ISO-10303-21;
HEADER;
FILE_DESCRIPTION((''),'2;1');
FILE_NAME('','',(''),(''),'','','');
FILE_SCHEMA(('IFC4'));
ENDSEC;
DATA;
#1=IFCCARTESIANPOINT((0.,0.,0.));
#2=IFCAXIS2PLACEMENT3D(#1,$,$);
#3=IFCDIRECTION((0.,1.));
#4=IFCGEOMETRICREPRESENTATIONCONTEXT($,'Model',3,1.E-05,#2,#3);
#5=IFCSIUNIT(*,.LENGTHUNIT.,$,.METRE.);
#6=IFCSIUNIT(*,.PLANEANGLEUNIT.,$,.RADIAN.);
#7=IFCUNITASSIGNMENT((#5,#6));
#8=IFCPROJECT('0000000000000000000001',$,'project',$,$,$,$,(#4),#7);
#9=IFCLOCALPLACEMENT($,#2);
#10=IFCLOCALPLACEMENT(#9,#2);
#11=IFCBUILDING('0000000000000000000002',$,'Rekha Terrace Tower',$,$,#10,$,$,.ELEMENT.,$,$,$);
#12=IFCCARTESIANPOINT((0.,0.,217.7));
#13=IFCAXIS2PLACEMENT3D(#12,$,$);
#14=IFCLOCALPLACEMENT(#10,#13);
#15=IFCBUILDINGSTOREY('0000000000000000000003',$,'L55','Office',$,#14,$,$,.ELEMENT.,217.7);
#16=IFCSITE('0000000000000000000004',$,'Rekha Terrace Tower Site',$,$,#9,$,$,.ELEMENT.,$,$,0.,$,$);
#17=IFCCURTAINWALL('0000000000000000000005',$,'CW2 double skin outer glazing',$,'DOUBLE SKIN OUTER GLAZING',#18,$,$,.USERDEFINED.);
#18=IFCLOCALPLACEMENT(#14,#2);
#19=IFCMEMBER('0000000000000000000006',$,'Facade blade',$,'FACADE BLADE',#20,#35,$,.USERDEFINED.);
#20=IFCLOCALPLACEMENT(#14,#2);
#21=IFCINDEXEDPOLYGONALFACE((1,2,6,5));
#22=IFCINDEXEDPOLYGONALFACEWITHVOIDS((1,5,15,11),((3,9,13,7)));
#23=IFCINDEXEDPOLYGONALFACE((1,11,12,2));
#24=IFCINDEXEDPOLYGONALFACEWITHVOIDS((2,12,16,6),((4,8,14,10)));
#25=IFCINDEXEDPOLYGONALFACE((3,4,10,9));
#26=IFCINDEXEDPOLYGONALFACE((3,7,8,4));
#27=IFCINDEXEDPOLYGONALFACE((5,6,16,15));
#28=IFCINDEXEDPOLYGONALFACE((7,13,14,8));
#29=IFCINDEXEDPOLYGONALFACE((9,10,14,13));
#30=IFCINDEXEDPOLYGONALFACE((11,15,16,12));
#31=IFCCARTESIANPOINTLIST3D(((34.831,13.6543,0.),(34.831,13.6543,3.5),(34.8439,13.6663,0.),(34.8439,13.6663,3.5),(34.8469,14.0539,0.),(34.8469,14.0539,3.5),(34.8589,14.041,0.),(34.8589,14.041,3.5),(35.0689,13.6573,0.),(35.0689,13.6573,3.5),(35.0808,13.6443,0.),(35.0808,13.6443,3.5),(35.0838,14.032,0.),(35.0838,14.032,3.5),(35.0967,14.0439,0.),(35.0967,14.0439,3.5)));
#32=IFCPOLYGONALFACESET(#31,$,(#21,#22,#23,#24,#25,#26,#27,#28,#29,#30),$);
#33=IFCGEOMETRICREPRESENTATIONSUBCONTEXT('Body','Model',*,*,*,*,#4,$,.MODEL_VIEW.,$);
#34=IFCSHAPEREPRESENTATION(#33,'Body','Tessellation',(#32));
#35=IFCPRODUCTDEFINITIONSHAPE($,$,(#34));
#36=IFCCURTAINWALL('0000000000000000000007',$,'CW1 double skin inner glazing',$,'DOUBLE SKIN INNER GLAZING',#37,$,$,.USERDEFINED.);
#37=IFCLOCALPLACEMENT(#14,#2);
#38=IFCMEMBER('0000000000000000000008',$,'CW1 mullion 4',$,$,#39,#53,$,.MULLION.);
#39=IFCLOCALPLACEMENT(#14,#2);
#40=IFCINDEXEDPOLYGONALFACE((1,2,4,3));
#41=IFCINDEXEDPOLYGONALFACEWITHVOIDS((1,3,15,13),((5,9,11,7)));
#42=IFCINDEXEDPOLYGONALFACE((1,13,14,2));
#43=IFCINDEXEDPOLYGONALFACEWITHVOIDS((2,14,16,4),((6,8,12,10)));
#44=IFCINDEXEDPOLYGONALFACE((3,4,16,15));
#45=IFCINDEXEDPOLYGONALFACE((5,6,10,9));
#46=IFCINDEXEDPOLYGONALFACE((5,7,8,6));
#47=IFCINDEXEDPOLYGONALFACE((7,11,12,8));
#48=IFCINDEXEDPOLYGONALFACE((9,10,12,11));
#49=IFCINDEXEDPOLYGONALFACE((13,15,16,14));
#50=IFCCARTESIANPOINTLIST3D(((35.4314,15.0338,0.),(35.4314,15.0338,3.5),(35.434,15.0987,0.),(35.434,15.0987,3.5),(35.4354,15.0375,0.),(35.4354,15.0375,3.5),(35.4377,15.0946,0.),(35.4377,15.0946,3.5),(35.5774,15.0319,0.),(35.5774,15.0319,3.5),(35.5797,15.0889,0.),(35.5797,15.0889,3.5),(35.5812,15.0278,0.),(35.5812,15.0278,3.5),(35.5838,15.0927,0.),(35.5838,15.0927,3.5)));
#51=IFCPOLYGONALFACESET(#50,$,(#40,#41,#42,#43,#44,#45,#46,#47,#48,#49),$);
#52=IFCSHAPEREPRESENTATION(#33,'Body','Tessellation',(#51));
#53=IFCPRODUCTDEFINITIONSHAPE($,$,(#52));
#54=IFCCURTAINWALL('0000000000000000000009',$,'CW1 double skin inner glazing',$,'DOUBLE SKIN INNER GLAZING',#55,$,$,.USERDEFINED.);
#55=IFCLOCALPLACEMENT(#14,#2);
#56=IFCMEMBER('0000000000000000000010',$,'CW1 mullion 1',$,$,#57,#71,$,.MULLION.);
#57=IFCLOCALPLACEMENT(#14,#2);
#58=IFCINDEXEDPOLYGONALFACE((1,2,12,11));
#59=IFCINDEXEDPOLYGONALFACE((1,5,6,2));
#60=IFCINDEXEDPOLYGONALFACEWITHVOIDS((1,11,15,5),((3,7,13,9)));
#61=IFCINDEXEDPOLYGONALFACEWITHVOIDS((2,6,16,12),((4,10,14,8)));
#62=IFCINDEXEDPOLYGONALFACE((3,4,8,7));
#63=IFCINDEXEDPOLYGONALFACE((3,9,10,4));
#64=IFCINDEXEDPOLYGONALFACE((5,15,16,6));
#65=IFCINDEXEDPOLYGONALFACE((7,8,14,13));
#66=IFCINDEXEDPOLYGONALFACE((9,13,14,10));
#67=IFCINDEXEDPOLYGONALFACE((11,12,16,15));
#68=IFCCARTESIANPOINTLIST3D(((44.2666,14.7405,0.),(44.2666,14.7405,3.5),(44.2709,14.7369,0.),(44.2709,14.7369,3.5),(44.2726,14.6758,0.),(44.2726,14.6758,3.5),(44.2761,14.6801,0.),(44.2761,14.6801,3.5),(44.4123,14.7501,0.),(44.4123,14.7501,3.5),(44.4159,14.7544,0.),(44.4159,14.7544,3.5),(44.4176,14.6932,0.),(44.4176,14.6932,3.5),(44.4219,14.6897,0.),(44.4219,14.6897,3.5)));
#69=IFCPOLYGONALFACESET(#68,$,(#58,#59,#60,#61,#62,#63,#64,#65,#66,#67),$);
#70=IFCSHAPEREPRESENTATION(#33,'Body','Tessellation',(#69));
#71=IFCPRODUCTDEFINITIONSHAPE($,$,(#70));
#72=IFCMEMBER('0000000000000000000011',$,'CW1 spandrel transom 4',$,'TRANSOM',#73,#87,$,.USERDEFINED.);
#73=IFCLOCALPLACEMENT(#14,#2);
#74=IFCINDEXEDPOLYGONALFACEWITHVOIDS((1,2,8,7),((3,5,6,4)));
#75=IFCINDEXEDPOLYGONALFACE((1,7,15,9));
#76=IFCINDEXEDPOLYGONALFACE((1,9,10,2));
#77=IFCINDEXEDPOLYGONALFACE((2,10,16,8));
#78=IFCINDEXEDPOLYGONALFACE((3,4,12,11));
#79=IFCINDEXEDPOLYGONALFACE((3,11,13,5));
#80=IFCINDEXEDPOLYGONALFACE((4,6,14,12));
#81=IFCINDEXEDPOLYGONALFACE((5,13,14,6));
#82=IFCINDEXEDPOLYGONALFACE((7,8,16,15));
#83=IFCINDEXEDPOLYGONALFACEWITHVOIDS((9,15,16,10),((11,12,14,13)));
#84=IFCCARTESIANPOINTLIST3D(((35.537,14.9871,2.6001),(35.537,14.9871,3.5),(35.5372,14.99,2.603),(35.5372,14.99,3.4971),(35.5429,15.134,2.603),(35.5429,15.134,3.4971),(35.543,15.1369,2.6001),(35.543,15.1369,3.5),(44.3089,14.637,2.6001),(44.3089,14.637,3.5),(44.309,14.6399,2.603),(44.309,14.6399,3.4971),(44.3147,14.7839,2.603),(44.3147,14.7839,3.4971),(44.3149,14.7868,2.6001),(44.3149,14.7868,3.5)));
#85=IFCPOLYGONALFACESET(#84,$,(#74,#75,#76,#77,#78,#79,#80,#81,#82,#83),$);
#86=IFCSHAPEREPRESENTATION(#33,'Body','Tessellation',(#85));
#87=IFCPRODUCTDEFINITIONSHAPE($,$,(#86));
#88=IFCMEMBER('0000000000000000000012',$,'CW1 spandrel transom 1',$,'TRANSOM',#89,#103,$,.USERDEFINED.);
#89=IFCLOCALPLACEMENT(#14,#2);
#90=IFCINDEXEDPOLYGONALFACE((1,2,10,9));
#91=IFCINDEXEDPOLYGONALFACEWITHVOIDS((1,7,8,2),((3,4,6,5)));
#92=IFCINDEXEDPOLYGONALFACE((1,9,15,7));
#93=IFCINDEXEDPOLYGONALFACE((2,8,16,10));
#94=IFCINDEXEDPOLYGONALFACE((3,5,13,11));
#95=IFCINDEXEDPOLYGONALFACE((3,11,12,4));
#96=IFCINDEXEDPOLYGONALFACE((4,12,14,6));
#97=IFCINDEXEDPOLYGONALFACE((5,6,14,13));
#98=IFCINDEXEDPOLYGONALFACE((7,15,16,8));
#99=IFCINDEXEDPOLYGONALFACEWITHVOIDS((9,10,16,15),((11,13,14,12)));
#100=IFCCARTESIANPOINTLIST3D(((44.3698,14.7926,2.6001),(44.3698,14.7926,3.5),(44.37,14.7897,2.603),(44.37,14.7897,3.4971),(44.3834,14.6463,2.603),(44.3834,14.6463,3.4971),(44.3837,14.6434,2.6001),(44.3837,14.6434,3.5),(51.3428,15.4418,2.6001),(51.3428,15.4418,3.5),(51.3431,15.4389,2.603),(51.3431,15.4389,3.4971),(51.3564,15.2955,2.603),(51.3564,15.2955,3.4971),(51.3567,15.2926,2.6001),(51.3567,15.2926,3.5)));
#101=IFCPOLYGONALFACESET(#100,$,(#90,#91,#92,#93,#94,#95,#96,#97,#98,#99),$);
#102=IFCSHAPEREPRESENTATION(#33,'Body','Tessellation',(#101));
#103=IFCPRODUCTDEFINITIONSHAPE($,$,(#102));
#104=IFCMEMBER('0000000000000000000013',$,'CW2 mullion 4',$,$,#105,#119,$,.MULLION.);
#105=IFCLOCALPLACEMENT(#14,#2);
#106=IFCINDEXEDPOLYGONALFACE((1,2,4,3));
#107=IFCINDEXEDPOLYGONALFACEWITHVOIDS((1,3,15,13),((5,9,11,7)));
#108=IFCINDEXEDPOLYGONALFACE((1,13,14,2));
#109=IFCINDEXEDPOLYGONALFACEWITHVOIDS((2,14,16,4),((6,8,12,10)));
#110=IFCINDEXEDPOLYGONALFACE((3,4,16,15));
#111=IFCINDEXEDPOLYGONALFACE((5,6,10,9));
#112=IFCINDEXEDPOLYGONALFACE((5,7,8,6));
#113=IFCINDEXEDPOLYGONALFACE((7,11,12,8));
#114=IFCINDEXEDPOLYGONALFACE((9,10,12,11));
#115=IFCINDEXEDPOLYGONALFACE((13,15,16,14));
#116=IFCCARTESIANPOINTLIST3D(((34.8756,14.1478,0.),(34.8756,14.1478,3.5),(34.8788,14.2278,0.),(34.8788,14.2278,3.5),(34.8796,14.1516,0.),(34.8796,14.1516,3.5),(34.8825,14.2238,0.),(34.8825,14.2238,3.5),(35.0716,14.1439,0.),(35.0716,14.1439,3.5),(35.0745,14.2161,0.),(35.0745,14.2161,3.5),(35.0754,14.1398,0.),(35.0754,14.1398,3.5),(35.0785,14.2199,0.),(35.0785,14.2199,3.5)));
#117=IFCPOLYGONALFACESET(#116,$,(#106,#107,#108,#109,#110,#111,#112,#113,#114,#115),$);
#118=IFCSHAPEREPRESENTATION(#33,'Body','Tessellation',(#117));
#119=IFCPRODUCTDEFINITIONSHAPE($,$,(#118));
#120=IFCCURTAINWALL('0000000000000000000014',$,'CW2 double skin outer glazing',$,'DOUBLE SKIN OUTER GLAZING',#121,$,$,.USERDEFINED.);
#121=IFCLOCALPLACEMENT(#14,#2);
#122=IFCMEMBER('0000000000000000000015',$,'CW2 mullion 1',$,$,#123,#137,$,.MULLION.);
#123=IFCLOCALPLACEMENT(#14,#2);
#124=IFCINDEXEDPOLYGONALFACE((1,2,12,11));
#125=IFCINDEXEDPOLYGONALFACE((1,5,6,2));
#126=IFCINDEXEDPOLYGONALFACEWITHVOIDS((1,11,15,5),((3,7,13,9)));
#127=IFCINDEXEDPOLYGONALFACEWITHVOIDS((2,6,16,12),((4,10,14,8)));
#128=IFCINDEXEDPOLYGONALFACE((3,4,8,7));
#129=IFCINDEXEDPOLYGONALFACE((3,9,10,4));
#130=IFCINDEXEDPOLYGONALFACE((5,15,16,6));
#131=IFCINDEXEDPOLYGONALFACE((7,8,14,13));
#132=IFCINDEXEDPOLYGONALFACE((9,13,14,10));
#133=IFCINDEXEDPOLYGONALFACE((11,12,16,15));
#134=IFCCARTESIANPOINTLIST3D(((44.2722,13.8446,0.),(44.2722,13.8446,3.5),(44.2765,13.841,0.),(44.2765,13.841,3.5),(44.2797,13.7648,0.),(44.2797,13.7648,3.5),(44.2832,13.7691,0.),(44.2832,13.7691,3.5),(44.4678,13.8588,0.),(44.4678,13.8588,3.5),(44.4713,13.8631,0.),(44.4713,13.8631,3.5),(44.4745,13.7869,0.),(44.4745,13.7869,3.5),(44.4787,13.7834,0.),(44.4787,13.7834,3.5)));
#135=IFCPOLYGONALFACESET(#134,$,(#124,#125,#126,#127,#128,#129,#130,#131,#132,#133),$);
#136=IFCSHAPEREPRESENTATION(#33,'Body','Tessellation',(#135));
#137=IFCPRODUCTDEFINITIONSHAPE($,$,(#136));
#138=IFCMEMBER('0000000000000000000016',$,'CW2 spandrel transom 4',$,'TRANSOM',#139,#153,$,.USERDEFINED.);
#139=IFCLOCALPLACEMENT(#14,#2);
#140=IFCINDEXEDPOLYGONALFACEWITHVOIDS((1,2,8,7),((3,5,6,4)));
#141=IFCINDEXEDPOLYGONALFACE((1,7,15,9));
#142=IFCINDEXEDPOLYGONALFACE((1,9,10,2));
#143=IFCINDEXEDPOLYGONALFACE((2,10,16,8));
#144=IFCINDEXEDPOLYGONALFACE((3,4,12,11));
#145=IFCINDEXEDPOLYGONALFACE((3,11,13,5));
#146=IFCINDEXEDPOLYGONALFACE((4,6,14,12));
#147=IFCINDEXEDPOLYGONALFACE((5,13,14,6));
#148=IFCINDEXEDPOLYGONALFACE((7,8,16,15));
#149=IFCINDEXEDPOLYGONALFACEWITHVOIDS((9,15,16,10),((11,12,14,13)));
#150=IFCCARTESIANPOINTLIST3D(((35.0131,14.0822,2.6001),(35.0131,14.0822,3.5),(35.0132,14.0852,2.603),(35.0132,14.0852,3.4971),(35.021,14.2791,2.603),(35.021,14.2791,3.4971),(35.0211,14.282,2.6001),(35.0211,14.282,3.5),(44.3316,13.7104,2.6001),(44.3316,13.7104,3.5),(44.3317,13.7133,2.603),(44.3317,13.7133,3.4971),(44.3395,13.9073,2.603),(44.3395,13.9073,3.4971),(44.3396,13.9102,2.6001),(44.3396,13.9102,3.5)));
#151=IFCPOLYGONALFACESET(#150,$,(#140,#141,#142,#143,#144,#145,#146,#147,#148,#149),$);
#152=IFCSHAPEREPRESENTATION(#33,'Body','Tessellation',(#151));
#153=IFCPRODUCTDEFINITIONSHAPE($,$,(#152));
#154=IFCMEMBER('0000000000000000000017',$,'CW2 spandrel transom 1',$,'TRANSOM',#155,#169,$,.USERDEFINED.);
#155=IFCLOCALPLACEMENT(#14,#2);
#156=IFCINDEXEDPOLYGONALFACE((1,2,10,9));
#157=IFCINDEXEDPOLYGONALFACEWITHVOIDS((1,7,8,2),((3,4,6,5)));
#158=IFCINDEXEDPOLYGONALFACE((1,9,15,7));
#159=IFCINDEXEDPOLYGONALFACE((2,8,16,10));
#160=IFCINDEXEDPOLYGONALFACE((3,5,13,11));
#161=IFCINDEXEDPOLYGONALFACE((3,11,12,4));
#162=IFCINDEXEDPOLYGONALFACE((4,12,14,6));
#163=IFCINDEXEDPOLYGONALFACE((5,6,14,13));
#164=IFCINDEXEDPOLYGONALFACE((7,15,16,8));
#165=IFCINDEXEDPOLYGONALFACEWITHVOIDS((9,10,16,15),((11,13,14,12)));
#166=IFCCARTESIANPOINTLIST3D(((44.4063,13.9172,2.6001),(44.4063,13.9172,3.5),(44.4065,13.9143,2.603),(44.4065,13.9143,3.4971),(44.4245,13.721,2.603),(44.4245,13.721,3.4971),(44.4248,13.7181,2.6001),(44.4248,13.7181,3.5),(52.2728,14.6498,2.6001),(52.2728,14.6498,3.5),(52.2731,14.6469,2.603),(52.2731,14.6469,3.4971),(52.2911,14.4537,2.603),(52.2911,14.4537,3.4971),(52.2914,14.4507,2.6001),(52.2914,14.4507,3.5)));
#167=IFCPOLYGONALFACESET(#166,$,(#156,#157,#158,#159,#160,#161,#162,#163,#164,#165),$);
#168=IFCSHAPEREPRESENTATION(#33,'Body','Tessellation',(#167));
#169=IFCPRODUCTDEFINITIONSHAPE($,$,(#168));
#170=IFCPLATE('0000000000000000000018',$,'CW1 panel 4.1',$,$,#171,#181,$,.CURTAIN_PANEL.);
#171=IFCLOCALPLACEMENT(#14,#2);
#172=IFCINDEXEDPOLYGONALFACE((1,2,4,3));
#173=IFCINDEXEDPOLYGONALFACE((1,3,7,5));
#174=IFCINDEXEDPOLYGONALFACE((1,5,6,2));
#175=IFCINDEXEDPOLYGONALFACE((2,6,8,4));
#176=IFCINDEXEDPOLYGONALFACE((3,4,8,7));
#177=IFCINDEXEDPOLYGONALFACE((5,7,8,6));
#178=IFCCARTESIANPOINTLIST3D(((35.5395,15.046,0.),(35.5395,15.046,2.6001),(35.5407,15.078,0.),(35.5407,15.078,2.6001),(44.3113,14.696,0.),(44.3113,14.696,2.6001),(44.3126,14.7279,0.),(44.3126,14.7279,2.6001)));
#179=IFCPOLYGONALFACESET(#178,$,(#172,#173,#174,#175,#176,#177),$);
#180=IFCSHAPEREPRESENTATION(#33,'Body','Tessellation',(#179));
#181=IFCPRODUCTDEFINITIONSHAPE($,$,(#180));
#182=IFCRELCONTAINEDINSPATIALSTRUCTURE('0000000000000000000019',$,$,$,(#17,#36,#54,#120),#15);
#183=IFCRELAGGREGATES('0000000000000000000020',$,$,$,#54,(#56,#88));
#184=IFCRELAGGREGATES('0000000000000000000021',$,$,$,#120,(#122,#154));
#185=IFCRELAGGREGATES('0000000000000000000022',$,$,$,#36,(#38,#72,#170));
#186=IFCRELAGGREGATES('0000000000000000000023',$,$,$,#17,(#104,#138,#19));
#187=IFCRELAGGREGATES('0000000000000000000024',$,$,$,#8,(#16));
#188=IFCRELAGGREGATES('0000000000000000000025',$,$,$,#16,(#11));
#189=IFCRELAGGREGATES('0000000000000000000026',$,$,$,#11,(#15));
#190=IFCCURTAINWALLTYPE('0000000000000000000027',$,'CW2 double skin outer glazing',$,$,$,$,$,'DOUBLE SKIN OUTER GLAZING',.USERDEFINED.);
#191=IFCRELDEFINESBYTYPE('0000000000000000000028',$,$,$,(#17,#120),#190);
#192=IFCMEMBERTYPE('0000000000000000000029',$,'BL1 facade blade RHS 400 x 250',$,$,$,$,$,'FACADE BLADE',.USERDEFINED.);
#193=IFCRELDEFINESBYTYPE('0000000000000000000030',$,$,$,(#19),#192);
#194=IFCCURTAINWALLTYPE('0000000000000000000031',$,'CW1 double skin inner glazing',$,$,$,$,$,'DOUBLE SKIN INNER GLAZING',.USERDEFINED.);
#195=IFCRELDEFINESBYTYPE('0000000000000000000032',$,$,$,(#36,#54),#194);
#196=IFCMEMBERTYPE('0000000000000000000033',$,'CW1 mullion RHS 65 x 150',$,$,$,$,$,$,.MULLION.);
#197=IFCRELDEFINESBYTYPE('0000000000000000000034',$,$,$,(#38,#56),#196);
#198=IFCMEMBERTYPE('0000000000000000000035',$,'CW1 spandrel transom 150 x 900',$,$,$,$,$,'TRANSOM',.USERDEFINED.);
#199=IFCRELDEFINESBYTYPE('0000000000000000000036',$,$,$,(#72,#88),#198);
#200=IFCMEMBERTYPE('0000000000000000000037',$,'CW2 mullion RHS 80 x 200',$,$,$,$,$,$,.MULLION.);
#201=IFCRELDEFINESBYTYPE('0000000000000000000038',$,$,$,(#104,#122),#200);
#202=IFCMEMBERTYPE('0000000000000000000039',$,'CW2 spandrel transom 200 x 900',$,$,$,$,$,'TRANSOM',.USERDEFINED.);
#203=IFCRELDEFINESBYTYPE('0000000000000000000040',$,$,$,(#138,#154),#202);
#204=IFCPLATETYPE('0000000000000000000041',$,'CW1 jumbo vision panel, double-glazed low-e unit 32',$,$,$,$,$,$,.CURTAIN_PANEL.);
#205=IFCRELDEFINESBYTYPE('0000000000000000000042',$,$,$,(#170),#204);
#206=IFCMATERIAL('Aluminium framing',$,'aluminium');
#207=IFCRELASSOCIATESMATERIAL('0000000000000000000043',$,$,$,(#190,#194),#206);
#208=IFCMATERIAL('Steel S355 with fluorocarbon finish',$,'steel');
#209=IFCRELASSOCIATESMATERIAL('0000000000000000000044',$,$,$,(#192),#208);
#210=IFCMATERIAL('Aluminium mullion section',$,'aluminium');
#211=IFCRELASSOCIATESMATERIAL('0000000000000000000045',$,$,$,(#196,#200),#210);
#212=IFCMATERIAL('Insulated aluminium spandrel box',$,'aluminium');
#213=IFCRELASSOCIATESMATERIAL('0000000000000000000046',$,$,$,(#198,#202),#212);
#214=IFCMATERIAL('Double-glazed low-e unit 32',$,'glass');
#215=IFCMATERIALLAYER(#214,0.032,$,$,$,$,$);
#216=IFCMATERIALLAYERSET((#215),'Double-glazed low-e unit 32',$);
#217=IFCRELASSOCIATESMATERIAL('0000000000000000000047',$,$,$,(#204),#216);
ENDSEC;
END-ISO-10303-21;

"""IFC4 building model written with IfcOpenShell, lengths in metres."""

from ifc_helpers import new_model, si_unit, direction, frame, origin, origin_2d, place, context, subcontext, project, spatial, rectangle, hollow_rectangle, extrude, material, layer, layer_set, material_profile, profile_set, type_object, element, aggregate, save


model = new_model("IFC4")

# Units and contexts
model_context = context("Model", 3, precision=1e-05, world=origin(), true_north=direction((0.0, 1.0)))
body_context = subcontext(model_context, "Body", "Model", "MODEL_VIEW")
ifc_project = project(units=[si_unit("LENGTHUNIT", "METRE"), si_unit("PLANEANGLEUNIT", "RADIAN")], contexts=[model_context])

# Site, building, storey
site_placement = place(None, origin())
site = spatial("IfcSite", under=ifc_project, at=site_placement, Name="Rekha Terrace Tower Site", CompositionType="ELEMENT", RefElevation=0.0)
building_placement = place(site_placement, origin())
building = spatial("IfcBuilding", under=site, at=building_placement, Name="Rekha Terrace Tower", CompositionType="ELEMENT")
storey_placement = place(building_placement, frame((0.0, 0.0, 217.7)))
storey = spatial("IfcBuildingStorey", under=building, at=storey_placement, Name="L55", Description="Office", CompositionType="ELEMENT", Elevation=217.7)

# Curtain walls, members
ifc_material_1 = material(Name="Aluminium framing", Category="aluminium")
curtain_wall_type_1 = type_object("IfcCurtainWallType", Name="CW2 double skin outer glazing", ElementType="DOUBLE SKIN OUTER GLAZING", PredefinedType="USERDEFINED", material=ifc_material_1)
curtain_wall_1_placement = place(storey_placement, origin())
curtain_wall_1 = element("IfcCurtainWall", 1, at=curtain_wall_1_placement, inside=storey, type_object=curtain_wall_type_1, Name="CW2 double skin outer glazing", ObjectType="DOUBLE SKIN OUTER GLAZING", PredefinedType="USERDEFINED")
ifc_material_2 = material(Name="Steel S355 with fluorocarbon finish", Category="steel")
ifc_material_profile_1 = material_profile(ifc_material_2, hollow_rectangle(XDim=0.25, YDim=0.3999, WallThickness=0.0125, at=origin_2d()), Name="RHS400x250x12.5")
ifc_profile_set_1 = profile_set([ifc_material_profile_1], Name="Steel S355 with fluorocarbon finish")
member_type_1 = type_object("IfcMemberType", Name="BL1 facade blade RHS 400 x 250", ElementType="FACADE BLADE", PredefinedType="USERDEFINED", material=ifc_profile_set_1)
member_1_placement = place(storey_placement, frame((34.9639, 13.8491, 0.0), z_axis=(0.0, 0.0, 1.0), x_axis=(0.999205, -0.039872, 0.0)))
member_1 = element("IfcMember", 2, at=member_1_placement, type_object=member_type_1, Name="Facade blade", ObjectType="FACADE BLADE", PredefinedType="USERDEFINED", context=body_context, shape_type="SweptSolid", body=[
    extrude(hollow_rectangle(XDim=0.25, YDim=0.3999, WallThickness=0.0125, at=origin_2d()), origin(), (0.0, 0.0, 1.0), 3.5),
])
curtain_wall_type_2 = type_object("IfcCurtainWallType", Name="CW1 double skin inner glazing", ElementType="DOUBLE SKIN INNER GLAZING", PredefinedType="USERDEFINED", material=ifc_material_1)
curtain_wall_2_placement = place(storey_placement, origin())
curtain_wall_2 = element("IfcCurtainWall", 3, at=curtain_wall_2_placement, inside=storey, type_object=curtain_wall_type_2, Name="CW1 double skin inner glazing", ObjectType="DOUBLE SKIN INNER GLAZING", PredefinedType="USERDEFINED")
ifc_material_3 = material(Name="Aluminium mullion section", Category="aluminium")
ifc_material_profile_2 = material_profile(ifc_material_3, hollow_rectangle(XDim=0.0649, YDim=0.1499, WallThickness=0.0039, at=origin_2d()), Name="AL RHS 65x150")
ifc_profile_set_2 = profile_set([ifc_material_profile_2], Name="Aluminium mullion section")
member_type_2 = type_object("IfcMemberType", Name="CW1 mullion RHS 65 x 150", PredefinedType="MULLION", material=ifc_profile_set_2)
member_2_placement = place(storey_placement, frame((35.5076, 15.0632, 0.0), z_axis=(0.0, 0.0, 1.0), x_axis=(0.039872, 0.999205, 0.0)))
member_2 = element("IfcMember", 4, at=member_2_placement, type_object=member_type_2, Name="CW1 mullion 4", PredefinedType="MULLION", context=body_context, shape_type="SweptSolid", body=[
    extrude(hollow_rectangle(XDim=0.0649, YDim=0.1499, WallThickness=0.0039, at=origin_2d()), origin(), (0.0, 0.0, 1.0), 3.5),
])
curtain_wall_3_placement = place(storey_placement, origin())
curtain_wall_3 = element("IfcCurtainWall", 5, at=curtain_wall_3_placement, inside=storey, type_object=curtain_wall_type_2, Name="CW1 double skin inner glazing", ObjectType="DOUBLE SKIN INNER GLAZING", PredefinedType="USERDEFINED")
member_3_placement = place(storey_placement, frame((44.3442, 14.7151, 0.0), z_axis=(0.0, 0.0, 1.0), x_axis=(-0.092709, 0.995693, 0.0)))
member_3 = element("IfcMember", 6, at=member_3_placement, type_object=member_type_2, Name="CW1 mullion 1", PredefinedType="MULLION", context=body_context, shape_type="SweptSolid", body=[
    extrude(hollow_rectangle(XDim=0.0649, YDim=0.1499, WallThickness=0.0039, at=origin_2d()), origin(), (0.0, 0.0, 1.0), 3.5),
])

# Members
ifc_material_4 = material(Name="Insulated aluminium spandrel box", Category="aluminium")
ifc_material_profile_3 = material_profile(ifc_material_4, hollow_rectangle(XDim=0.1499, YDim=0.8999, WallThickness=0.0029, at=origin_2d()), Name="AL SPANDREL BOX 150x900")
ifc_profile_set_3 = profile_set([ifc_material_profile_3], Name="Insulated aluminium spandrel box")
member_type_3 = type_object("IfcMemberType", Name="CW1 spandrel transom 150 x 900", ElementType="TRANSOM", PredefinedType="USERDEFINED", material=ifc_profile_set_3)
member_4_placement = place(storey_placement, frame((35.54, 15.062, 3.05), z_axis=(0.999204, -0.03988, 0.0), x_axis=(0.03988, 0.999204, 0.0)))
member_4 = element("IfcMember", 7, at=member_4_placement, type_object=member_type_3, Name="CW1 spandrel transom 4", ObjectType="TRANSOM", PredefinedType="USERDEFINED", context=body_context, shape_type="SweptSolid", body=[
    extrude(hollow_rectangle(XDim=0.1499, YDim=0.8999, WallThickness=0.0029, at=origin_2d()), origin(), (0.0, 0.0, 1.0), 8.7788),
])
member_5_placement = place(storey_placement, frame((44.3767, 14.718, 3.05), z_axis=(0.995694, 0.092698, 0.0), x_axis=(-0.092698, 0.995694, 0.0)))
member_5 = element("IfcMember", 8, at=member_5_placement, type_object=member_type_3, Name="CW1 spandrel transom 1", ObjectType="TRANSOM", PredefinedType="USERDEFINED", context=body_context, shape_type="SweptSolid", body=[
    extrude(hollow_rectangle(XDim=0.1499, YDim=0.8999, WallThickness=0.0029, at=origin_2d()), origin(), (0.0, 0.0, 1.0), 7.0032),
])
aggregate(curtain_wall_3, [member_3, member_5])
ifc_material_profile_4 = material_profile(ifc_material_3, hollow_rectangle(XDim=0.0801, YDim=0.2, WallThickness=0.0039, at=origin_2d()), Name="AL RHS 80x200")
ifc_profile_set_4 = profile_set([ifc_material_profile_4], Name="Aluminium mullion section")
member_type_4 = type_object("IfcMemberType", Name="CW2 mullion RHS 80 x 200", PredefinedType="MULLION", material=ifc_profile_set_4)
member_6_placement = place(storey_placement, frame((34.9771, 14.1838, 0.0), z_axis=(0.0, 0.0, 1.0), x_axis=(0.039872, 0.999205, 0.0)))
member_6 = element("IfcMember", 9, at=member_6_placement, type_object=member_type_4, Name="CW2 mullion 4", PredefinedType="MULLION", context=body_context, shape_type="SweptSolid", body=[
    extrude(hollow_rectangle(XDim=0.0801, YDim=0.2, WallThickness=0.0039, at=origin_2d()), origin(), (0.0, 0.0, 1.0), 3.5),
])

# Curtain wall, member
curtain_wall_4_placement = place(storey_placement, origin())
curtain_wall_4 = element("IfcCurtainWall", 10, at=curtain_wall_4_placement, inside=storey, type_object=curtain_wall_type_1, Name="CW2 double skin outer glazing", ObjectType="DOUBLE SKIN OUTER GLAZING", PredefinedType="USERDEFINED")
member_7_placement = place(storey_placement, frame((44.3755, 13.814, 0.0), z_axis=(0.0, 0.0, 1.0), x_axis=(-0.092709, 0.995693, 0.0)))
member_7 = element("IfcMember", 11, at=member_7_placement, type_object=member_type_4, Name="CW2 mullion 1", PredefinedType="MULLION", context=body_context, shape_type="SweptSolid", body=[
    extrude(hollow_rectangle(XDim=0.0801, YDim=0.2, WallThickness=0.0039, at=origin_2d()), origin(), (0.0, 0.0, 1.0), 3.5),
])

# Members
ifc_material_profile_5 = material_profile(ifc_material_4, hollow_rectangle(XDim=0.2, YDim=0.8999, WallThickness=0.0029, at=origin_2d()), Name="AL SPANDREL BOX 200x900")
ifc_profile_set_5 = profile_set([ifc_material_profile_5], Name="Insulated aluminium spandrel box")
member_type_5 = type_object("IfcMemberType", Name="CW2 spandrel transom 200 x 900", ElementType="TRANSOM", PredefinedType="USERDEFINED", material=ifc_profile_set_5)
member_8_placement = place(storey_placement, frame((35.0171, 14.1821, 3.05), z_axis=(0.999205, -0.03987, 0.0), x_axis=(0.03987, 0.999205, 0.0)))
member_8 = element("IfcMember", 12, at=member_8_placement, type_object=member_type_5, Name="CW2 spandrel transom 4", ObjectType="TRANSOM", PredefinedType="USERDEFINED", context=body_context, shape_type="SweptSolid", body=[
    extrude(hollow_rectangle(XDim=0.2, YDim=0.8999, WallThickness=0.0029, at=origin_2d()), origin(), (0.0, 0.0, 1.0), 9.3259),
])
member_9_placement = place(storey_placement, frame((44.4155, 13.8176, 3.05), z_axis=(0.995691, 0.092734, 0.0), x_axis=(-0.092734, 0.995691, 0.0)))
member_9 = element("IfcMember", 13, at=member_9_placement, type_object=member_type_5, Name="CW2 spandrel transom 1", ObjectType="TRANSOM", PredefinedType="USERDEFINED", context=body_context, shape_type="SweptSolid", body=[
    extrude(hollow_rectangle(XDim=0.2, YDim=0.8999, WallThickness=0.0029, at=origin_2d()), origin(), (0.0, 0.0, 1.0), 7.9006),
])
aggregate(curtain_wall_4, [member_7, member_9])

# Plate
ifc_material_5 = material(Name="Double-glazed low-e unit 32", Category="glass")
ifc_layer_1 = layer(ifc_material_5, 0.032)
ifc_layer_set_1 = layer_set([ifc_layer_1], Name="Double-glazed low-e unit 32")
plate_type_1 = type_object("IfcPlateType", Name="CW1 jumbo vision panel, double-glazed low-e unit 32", PredefinedType="CURTAIN_PANEL", material=ifc_layer_set_1)
plate_1_placement = place(storey_placement, frame((39.926, 14.887, 0.0), z_axis=(0.0, 0.0, 1.0), x_axis=(0.999205, -0.039872, 0.0)))
plate_1 = element("IfcPlate", 14, at=plate_1_placement, type_object=plate_type_1, Name="CW1 panel 4.1", PredefinedType="CURTAIN_PANEL", context=body_context, shape_type="SweptSolid", body=[
    extrude(rectangle(XDim=8.7788, YDim=0.032, at=origin_2d()), origin(), (0.0, 0.0, 1.0), 2.6001),
])
aggregate(curtain_wall_2, [member_2, member_4, plate_1])
aggregate(curtain_wall_1, [member_6, member_8, member_1])

save(model, "model.ifc")
